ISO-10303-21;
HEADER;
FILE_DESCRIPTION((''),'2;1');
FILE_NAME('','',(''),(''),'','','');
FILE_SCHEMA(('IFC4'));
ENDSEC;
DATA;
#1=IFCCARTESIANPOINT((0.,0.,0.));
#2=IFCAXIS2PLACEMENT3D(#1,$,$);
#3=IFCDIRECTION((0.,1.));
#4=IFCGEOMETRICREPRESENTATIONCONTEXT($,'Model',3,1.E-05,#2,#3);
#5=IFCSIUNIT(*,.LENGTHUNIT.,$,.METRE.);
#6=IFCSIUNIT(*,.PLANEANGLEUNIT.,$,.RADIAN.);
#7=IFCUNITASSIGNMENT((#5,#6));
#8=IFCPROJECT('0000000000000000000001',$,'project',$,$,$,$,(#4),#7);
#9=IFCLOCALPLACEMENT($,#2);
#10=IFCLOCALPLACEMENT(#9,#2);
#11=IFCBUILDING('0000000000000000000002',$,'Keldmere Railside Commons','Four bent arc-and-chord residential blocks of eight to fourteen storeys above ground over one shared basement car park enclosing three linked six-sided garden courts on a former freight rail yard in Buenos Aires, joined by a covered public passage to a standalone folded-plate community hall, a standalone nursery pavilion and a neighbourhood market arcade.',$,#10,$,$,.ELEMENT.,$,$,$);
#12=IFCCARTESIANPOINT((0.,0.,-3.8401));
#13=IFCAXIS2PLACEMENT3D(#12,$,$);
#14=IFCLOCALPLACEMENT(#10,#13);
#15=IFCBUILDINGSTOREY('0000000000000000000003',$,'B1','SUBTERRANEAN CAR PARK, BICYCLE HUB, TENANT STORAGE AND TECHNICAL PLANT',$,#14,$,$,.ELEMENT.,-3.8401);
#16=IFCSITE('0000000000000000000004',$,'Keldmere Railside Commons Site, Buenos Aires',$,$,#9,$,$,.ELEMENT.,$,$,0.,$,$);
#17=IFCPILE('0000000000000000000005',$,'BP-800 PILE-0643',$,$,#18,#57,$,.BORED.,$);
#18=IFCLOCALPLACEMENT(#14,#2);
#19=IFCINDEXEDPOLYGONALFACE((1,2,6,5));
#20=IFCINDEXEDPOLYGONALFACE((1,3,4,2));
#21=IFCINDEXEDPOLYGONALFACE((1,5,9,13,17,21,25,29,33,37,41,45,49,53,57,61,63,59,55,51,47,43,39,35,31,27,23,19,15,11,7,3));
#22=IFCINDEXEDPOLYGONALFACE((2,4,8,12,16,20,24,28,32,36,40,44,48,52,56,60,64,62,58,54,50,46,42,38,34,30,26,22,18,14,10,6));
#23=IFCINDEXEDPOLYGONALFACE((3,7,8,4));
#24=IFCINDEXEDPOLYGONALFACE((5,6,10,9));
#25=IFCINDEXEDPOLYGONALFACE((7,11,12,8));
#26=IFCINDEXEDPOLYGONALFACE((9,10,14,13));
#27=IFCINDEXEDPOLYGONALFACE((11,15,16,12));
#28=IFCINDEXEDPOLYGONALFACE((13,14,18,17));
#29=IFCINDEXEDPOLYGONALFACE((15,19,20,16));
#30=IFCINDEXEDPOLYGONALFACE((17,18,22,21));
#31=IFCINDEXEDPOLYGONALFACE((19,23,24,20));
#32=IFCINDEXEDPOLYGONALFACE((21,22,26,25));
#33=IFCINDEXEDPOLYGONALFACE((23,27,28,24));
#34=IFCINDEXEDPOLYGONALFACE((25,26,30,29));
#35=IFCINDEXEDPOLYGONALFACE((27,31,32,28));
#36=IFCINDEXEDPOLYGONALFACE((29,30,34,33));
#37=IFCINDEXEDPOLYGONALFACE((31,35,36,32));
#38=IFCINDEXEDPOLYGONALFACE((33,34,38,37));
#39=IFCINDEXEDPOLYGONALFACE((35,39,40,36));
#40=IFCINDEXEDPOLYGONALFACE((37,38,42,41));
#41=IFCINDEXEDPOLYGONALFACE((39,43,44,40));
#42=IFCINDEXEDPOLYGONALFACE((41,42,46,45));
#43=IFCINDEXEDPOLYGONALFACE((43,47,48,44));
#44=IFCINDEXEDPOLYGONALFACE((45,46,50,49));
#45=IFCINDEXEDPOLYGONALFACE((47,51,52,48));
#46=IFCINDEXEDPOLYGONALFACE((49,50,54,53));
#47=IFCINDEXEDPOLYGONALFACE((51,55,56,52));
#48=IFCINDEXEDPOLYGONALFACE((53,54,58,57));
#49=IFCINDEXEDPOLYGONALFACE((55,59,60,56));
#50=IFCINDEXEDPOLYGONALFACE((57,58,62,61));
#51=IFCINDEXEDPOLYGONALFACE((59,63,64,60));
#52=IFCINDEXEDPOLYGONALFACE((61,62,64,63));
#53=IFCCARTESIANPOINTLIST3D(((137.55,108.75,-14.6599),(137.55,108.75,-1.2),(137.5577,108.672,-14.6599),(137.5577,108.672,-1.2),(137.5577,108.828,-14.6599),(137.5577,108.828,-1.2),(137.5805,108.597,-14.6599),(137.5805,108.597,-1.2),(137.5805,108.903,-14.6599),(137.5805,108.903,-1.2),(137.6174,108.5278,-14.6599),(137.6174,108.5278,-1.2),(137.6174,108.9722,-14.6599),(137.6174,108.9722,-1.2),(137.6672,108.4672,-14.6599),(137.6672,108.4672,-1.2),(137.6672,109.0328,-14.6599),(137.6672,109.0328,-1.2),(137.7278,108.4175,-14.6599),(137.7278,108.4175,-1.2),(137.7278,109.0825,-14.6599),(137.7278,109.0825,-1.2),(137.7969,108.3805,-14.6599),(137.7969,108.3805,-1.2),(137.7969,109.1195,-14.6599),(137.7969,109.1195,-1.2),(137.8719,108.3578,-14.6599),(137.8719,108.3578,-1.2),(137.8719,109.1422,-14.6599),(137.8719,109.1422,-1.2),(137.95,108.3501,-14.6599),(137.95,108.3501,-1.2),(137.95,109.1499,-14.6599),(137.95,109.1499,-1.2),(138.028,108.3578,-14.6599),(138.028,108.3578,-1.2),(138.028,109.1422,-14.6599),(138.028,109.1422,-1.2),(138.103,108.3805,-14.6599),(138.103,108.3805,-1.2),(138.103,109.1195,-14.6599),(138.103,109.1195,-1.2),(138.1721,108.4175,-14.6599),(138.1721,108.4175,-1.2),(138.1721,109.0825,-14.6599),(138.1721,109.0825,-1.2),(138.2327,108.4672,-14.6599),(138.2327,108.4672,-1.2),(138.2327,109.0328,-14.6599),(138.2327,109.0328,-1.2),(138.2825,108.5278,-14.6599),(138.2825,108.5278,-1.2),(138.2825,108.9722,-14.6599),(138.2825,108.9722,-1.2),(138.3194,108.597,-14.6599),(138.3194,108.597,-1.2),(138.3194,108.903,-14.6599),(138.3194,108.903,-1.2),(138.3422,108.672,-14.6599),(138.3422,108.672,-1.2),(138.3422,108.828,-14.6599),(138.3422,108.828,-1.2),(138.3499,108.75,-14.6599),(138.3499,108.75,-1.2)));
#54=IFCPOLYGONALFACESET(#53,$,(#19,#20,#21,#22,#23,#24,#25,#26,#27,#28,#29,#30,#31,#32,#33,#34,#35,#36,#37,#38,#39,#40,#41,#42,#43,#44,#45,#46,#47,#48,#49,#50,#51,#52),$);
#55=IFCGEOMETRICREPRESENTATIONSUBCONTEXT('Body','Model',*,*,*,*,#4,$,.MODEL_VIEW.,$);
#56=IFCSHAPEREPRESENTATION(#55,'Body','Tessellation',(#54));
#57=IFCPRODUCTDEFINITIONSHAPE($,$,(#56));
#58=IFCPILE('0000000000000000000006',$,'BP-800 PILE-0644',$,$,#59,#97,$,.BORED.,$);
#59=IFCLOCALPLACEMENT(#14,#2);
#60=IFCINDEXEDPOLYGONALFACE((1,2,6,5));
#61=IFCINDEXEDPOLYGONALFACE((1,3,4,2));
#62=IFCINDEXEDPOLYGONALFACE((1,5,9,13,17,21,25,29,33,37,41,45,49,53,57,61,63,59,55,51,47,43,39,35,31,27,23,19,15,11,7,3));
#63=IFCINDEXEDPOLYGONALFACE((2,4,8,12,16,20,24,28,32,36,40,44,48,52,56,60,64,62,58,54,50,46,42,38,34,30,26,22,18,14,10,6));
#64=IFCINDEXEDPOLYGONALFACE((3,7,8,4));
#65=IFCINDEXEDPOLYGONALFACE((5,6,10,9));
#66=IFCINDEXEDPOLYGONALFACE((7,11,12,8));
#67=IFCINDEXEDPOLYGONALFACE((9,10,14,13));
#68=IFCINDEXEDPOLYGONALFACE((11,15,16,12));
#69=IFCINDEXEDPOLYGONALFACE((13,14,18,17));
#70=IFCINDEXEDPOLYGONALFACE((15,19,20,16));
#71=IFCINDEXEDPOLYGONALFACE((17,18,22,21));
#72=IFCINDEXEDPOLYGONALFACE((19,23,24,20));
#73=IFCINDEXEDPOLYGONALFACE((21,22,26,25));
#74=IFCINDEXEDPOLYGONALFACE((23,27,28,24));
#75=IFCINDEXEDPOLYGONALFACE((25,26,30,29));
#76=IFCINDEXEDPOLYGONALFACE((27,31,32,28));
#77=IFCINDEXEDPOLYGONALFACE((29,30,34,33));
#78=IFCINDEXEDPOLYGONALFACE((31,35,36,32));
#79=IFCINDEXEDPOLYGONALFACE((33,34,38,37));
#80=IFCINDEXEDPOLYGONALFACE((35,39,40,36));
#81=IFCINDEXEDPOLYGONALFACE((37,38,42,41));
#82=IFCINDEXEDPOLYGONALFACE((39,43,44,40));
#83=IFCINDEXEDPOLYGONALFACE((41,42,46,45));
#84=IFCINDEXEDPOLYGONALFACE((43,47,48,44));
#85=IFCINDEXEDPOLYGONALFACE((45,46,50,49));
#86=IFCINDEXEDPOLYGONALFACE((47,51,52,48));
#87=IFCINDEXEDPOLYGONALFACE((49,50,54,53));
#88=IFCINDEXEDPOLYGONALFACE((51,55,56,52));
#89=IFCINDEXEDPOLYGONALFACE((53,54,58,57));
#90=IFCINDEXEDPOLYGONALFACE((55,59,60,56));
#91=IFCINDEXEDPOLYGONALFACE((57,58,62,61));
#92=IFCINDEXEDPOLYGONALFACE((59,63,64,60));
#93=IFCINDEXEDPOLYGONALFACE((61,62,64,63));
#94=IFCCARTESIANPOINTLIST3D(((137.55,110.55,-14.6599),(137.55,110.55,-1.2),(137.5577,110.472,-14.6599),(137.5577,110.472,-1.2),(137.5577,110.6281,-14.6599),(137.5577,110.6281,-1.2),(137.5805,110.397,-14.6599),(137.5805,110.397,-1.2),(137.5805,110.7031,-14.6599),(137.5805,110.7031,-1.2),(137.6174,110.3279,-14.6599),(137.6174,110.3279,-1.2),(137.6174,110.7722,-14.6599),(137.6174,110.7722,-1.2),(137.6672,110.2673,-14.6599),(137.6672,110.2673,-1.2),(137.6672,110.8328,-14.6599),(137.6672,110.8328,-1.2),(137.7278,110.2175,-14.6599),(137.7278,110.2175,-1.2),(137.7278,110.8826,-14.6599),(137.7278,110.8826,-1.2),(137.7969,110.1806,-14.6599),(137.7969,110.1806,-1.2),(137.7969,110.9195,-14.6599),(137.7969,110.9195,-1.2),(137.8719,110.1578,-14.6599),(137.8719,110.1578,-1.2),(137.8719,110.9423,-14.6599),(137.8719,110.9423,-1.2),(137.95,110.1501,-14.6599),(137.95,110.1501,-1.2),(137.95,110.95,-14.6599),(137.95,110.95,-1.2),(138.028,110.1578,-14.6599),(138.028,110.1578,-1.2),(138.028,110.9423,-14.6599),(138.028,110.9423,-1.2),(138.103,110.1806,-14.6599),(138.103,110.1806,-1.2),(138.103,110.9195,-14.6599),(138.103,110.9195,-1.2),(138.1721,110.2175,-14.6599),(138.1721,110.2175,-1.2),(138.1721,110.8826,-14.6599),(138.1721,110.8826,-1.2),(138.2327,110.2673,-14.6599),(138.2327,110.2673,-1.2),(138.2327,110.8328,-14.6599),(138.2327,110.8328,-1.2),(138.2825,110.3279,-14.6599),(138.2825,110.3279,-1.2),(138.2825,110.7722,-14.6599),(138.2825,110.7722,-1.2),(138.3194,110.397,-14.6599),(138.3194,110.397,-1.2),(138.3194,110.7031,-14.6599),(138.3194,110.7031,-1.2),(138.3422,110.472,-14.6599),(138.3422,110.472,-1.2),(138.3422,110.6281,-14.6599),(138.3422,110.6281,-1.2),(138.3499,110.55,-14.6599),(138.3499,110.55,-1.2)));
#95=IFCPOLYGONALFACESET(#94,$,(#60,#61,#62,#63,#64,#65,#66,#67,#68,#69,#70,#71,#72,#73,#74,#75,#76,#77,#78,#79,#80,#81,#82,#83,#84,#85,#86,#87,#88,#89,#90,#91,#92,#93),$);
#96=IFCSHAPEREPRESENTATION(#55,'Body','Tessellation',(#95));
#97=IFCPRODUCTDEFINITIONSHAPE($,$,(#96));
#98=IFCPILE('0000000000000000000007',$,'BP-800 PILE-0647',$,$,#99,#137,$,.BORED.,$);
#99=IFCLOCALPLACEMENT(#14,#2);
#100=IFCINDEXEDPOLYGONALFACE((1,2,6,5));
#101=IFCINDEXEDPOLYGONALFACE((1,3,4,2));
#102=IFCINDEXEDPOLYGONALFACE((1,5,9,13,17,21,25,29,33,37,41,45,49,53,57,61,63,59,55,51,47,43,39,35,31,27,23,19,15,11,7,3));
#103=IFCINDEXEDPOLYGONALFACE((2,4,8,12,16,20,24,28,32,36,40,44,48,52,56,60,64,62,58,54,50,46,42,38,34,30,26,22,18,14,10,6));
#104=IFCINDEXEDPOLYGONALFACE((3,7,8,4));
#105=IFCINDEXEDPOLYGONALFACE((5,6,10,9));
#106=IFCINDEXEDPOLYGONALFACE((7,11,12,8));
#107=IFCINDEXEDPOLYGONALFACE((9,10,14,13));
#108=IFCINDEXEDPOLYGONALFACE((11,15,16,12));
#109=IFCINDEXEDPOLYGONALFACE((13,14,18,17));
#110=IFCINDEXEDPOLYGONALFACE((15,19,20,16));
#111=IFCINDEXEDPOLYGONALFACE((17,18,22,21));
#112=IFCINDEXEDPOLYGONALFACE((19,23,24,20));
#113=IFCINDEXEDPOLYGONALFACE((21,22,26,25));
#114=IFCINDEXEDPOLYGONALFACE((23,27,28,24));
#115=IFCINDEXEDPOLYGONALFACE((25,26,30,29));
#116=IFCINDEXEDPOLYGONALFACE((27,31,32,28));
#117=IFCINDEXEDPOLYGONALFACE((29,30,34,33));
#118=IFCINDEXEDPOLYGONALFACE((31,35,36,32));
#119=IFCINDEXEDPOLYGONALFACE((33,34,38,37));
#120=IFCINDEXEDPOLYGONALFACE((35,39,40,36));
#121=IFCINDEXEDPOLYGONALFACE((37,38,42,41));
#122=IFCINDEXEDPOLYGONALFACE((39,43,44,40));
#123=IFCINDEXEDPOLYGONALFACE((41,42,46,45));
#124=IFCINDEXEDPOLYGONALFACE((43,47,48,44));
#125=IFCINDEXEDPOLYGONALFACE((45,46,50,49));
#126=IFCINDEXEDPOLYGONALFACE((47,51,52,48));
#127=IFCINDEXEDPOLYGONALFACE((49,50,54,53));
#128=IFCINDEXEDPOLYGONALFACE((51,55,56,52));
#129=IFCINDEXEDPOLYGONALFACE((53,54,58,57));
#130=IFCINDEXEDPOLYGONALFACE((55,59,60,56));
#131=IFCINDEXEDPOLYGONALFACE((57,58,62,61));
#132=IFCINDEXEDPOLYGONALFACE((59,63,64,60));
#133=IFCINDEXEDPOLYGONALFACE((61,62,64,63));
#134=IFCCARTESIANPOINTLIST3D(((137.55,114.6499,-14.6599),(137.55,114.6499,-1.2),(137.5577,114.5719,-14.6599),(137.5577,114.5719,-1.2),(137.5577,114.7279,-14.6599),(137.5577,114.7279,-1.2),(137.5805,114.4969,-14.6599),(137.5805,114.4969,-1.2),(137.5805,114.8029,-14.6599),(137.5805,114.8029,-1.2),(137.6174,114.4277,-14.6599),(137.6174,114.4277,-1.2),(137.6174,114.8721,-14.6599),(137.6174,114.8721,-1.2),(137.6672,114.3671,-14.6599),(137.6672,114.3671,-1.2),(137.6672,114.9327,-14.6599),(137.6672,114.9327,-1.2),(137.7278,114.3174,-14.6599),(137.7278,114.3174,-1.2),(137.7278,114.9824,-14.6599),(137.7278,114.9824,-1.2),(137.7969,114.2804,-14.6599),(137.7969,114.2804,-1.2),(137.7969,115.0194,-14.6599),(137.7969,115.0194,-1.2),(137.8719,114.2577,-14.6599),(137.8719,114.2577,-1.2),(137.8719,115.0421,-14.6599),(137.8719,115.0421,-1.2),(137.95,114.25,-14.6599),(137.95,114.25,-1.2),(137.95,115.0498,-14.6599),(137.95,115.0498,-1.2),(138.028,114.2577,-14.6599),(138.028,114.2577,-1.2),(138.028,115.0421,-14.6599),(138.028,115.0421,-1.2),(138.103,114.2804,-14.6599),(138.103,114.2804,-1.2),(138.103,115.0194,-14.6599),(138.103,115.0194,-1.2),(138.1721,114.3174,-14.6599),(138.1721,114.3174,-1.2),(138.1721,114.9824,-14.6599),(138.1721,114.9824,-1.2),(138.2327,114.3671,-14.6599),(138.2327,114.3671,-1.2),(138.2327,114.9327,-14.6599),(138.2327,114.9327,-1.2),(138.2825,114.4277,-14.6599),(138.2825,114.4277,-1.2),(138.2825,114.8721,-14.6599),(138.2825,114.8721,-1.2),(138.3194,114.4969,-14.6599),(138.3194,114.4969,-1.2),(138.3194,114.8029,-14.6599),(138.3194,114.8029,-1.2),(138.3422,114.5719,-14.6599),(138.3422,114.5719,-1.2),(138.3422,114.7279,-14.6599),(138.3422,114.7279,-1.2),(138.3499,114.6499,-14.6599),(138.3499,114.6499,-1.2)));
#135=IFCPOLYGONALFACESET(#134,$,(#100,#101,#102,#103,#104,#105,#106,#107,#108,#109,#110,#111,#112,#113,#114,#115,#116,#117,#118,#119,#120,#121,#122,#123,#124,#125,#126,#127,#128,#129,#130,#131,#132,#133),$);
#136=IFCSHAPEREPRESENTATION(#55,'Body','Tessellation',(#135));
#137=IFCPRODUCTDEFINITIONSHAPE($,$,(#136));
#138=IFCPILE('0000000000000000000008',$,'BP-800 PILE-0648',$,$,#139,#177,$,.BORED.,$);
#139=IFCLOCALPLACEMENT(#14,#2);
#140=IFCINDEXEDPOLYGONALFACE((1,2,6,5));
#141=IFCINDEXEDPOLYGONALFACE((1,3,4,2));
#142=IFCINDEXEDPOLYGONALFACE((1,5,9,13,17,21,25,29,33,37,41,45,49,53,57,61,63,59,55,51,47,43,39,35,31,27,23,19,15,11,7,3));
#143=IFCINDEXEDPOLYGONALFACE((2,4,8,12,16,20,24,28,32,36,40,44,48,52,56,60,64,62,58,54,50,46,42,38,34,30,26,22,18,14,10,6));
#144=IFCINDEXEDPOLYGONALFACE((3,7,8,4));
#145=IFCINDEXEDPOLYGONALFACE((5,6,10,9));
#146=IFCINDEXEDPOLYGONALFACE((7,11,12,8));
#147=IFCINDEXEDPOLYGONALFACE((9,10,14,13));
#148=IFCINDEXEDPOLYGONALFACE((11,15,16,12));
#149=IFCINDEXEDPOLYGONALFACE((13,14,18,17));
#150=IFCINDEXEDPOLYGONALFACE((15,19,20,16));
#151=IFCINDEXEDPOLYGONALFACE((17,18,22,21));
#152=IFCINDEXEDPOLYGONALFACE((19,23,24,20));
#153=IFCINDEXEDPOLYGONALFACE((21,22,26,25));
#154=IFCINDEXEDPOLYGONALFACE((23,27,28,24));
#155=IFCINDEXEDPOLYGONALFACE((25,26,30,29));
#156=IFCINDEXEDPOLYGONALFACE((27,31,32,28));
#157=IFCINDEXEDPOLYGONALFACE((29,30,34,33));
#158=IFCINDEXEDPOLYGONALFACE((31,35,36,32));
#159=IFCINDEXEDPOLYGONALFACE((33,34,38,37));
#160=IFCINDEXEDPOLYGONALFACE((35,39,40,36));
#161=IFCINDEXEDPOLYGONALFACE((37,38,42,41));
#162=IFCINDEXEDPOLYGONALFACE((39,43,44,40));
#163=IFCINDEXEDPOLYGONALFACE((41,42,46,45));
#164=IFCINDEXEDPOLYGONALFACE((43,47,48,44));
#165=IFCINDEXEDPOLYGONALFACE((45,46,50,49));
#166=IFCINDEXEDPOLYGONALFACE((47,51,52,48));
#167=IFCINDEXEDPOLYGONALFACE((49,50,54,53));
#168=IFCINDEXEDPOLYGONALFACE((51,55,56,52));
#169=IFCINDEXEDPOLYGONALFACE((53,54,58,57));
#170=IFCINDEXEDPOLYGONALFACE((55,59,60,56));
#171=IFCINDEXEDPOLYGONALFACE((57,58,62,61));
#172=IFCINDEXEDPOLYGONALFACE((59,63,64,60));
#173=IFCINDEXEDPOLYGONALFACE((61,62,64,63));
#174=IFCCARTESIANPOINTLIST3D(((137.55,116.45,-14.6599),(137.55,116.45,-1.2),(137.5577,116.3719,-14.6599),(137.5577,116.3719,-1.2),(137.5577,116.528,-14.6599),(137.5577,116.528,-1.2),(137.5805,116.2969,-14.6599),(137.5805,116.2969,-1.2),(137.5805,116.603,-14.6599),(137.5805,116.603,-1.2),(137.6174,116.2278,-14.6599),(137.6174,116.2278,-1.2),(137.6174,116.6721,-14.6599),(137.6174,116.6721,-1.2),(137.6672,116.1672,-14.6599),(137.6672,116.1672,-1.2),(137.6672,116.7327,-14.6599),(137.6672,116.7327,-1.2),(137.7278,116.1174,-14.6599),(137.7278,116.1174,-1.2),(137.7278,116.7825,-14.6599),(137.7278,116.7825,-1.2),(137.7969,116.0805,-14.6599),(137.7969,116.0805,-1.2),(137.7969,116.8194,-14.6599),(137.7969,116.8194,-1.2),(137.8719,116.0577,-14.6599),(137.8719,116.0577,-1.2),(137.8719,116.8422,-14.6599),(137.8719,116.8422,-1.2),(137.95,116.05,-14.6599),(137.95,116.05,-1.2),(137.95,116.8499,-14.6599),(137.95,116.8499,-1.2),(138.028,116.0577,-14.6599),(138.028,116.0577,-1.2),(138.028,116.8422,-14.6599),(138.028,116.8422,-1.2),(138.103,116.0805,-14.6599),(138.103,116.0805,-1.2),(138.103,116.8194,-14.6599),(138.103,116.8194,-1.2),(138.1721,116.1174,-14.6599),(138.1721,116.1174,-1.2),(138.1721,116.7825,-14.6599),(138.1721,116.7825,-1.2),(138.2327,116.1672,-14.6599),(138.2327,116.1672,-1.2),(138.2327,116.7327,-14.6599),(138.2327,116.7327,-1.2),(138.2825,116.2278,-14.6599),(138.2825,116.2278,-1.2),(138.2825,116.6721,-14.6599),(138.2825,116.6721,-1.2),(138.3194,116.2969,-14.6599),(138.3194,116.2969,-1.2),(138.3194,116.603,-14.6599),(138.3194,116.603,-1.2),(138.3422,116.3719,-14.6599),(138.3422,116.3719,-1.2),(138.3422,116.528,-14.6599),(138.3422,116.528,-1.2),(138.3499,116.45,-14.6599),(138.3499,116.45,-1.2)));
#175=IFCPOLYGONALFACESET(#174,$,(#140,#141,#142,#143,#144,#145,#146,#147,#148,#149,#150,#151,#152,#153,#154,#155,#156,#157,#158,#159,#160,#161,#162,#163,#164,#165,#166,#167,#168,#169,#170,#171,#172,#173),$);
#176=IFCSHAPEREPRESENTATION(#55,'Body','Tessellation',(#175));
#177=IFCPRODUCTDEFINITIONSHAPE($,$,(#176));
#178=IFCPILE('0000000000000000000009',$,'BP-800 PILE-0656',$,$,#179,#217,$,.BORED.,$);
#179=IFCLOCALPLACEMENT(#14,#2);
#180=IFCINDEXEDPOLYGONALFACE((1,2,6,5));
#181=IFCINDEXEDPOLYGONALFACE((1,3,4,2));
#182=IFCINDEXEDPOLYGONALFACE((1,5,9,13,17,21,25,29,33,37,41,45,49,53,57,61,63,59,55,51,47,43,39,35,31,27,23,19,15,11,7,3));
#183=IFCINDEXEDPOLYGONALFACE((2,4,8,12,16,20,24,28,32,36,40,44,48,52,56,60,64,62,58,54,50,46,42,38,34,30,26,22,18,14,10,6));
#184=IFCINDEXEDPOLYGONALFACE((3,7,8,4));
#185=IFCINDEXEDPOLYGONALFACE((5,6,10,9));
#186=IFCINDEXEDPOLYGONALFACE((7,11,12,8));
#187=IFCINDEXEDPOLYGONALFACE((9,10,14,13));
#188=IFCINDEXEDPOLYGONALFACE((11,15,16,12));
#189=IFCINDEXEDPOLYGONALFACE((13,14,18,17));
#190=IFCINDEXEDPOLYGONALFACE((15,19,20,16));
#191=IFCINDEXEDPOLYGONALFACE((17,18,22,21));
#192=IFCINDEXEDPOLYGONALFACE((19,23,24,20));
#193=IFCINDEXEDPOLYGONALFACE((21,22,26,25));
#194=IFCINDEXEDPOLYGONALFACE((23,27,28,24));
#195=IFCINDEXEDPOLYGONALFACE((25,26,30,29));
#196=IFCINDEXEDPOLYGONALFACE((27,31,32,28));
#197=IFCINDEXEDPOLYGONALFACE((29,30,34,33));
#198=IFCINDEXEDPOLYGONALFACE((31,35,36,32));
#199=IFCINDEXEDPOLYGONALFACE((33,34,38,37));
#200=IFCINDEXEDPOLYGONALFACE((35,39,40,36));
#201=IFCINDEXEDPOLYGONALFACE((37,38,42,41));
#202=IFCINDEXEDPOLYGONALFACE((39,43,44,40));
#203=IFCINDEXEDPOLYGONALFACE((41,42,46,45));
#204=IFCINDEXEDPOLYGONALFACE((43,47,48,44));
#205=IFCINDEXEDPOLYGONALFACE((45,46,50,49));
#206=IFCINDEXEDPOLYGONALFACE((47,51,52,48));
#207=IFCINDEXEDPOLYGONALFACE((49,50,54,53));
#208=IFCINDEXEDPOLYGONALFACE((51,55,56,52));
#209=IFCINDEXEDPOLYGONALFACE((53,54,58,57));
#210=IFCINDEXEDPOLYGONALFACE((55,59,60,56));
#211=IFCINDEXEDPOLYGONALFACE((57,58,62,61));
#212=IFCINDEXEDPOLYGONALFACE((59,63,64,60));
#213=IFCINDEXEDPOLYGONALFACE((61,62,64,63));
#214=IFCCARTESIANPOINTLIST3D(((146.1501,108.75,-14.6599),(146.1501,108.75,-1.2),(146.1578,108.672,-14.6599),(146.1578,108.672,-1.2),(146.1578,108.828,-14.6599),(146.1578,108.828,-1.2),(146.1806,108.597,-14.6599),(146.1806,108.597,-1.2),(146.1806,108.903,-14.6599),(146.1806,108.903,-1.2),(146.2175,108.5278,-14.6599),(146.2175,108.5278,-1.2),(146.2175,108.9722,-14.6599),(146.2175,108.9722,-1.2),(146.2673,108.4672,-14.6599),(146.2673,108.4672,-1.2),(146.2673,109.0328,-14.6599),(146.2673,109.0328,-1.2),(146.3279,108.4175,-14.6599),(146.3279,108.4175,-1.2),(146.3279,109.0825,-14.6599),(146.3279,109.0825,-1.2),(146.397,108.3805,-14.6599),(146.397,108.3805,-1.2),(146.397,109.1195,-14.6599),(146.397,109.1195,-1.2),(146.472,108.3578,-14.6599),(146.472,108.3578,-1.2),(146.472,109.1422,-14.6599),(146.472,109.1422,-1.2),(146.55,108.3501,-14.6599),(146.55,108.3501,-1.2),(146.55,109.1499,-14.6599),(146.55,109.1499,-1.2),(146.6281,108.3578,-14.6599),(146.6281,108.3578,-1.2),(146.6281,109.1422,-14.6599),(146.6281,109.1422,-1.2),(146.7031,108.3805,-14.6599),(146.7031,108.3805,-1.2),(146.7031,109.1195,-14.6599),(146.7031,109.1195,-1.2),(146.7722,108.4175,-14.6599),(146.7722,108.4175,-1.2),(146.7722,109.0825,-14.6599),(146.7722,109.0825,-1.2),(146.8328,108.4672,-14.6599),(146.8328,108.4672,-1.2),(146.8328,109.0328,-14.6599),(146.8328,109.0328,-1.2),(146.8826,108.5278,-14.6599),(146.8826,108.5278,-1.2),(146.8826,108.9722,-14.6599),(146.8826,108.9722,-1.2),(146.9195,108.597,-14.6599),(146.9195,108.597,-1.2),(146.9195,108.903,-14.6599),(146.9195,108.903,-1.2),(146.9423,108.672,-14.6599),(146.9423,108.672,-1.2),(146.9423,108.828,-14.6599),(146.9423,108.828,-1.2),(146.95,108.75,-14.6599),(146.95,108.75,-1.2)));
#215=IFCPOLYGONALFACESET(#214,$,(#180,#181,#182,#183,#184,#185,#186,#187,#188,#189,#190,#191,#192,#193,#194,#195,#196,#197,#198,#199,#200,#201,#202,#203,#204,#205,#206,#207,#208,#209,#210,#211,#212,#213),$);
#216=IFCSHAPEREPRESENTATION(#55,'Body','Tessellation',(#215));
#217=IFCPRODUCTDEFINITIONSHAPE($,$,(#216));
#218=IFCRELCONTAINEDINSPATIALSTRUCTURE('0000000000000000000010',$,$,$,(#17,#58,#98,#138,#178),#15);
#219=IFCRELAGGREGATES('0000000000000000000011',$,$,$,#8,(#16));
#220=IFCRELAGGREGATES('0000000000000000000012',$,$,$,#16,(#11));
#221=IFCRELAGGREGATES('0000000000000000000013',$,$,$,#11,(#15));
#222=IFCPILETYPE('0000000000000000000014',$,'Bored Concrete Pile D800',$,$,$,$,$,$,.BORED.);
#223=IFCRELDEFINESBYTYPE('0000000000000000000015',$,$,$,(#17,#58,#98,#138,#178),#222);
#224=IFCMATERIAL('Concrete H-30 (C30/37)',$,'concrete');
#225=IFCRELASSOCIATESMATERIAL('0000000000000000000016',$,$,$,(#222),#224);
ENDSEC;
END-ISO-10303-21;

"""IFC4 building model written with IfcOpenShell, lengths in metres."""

from ifc_helpers import new_model, si_unit, direction, frame, origin, origin_2d, place, context, subcontext, project, spatial, circle, extrude, material, material_profile, profile_set, type_object, element, save


model = new_model("IFC4")

# Units and contexts
model_context = context("Model", 3, precision=1e-05, world=origin(), true_north=direction((0.0, 1.0)))
body_context = subcontext(model_context, "Body", "Model", "MODEL_VIEW")
ifc_project = project(units=[si_unit("LENGTHUNIT", "METRE"), si_unit("PLANEANGLEUNIT", "RADIAN")], contexts=[model_context])

# Site, building, storey
site_placement = place(None, origin())
site = spatial("IfcSite", under=ifc_project, at=site_placement, Name="Keldmere Railside Commons Site, Buenos Aires", CompositionType="ELEMENT", RefElevation=0.0)
building_placement = place(site_placement, origin())
building = spatial("IfcBuilding", under=site, at=building_placement, Name="Keldmere Railside Commons", Description="Four bent arc-and-chord residential blocks of eight to fourteen storeys above ground over one shared basement car park enclosing three linked six-sided garden courts on a former freight rail yard in Buenos Aires, joined by a covered public passage to a standalone folded-plate community hall, a standalone nursery pavilion and a neighbourhood market arcade.", CompositionType="ELEMENT")
storey_placement = place(building_placement, frame((0.0, 0.0, -3.8401)))
storey = spatial("IfcBuildingStorey", under=building, at=storey_placement, Name="B1", Description="SUBTERRANEAN CAR PARK, BICYCLE HUB, TENANT STORAGE AND TECHNICAL PLANT", CompositionType="ELEMENT", Elevation=-3.8401)

# Piles
ifc_material_1 = material(Name="Concrete H-30 (C30/37)", Category="concrete")
ifc_material_profile_1 = material_profile(ifc_material_1, circle(Radius=0.3999, at=origin_2d()), Name="PILE-D800")
ifc_profile_set_1 = profile_set([ifc_material_profile_1], Name="Concrete H-30 (C30/37)")
pile_type = type_object("IfcPileType", Name="Bored Concrete Pile D800", PredefinedType="BORED", material=ifc_profile_set_1)
for number, where, z_axis, x_axis, name in (
    (1, (137.95, 108.75, -1.2), (0.0, 0.0, -1.0), (1.0, 0.0, 0.0), "BP-800 PILE-0643"),
    (2, (137.95, 110.55, -1.2), (0.0, 0.0, -1.0), (1.0, 0.0, 0.0), "BP-800 PILE-0644"),
    (3, (137.95, 114.6499, -1.2), (0.0, 0.0, -1.0), (1.0, 0.0, 0.0), "BP-800 PILE-0647"),
    (4, (137.95, 116.45, -1.2), (0.0, 0.0, -1.0), (1.0, 0.0, 0.0), "BP-800 PILE-0648"),
    (5, (146.55, 108.75, -1.2), (0.0, 0.0, -1.0), (1.0, 0.0, 0.0), "BP-800 PILE-0656"),
):
    element("IfcPile", number, at=place(storey_placement, frame(where, z_axis=z_axis, x_axis=x_axis)), inside=storey, type_object=pile_type, Name=name, PredefinedType="BORED", context=body_context, shape_type="SweptSolid", body=[
        extrude(circle(Radius=0.3999, at=origin_2d()), origin(), (0.0, 0.0, 1.0), 13.46),
    ])

save(model, "model.ifc")
